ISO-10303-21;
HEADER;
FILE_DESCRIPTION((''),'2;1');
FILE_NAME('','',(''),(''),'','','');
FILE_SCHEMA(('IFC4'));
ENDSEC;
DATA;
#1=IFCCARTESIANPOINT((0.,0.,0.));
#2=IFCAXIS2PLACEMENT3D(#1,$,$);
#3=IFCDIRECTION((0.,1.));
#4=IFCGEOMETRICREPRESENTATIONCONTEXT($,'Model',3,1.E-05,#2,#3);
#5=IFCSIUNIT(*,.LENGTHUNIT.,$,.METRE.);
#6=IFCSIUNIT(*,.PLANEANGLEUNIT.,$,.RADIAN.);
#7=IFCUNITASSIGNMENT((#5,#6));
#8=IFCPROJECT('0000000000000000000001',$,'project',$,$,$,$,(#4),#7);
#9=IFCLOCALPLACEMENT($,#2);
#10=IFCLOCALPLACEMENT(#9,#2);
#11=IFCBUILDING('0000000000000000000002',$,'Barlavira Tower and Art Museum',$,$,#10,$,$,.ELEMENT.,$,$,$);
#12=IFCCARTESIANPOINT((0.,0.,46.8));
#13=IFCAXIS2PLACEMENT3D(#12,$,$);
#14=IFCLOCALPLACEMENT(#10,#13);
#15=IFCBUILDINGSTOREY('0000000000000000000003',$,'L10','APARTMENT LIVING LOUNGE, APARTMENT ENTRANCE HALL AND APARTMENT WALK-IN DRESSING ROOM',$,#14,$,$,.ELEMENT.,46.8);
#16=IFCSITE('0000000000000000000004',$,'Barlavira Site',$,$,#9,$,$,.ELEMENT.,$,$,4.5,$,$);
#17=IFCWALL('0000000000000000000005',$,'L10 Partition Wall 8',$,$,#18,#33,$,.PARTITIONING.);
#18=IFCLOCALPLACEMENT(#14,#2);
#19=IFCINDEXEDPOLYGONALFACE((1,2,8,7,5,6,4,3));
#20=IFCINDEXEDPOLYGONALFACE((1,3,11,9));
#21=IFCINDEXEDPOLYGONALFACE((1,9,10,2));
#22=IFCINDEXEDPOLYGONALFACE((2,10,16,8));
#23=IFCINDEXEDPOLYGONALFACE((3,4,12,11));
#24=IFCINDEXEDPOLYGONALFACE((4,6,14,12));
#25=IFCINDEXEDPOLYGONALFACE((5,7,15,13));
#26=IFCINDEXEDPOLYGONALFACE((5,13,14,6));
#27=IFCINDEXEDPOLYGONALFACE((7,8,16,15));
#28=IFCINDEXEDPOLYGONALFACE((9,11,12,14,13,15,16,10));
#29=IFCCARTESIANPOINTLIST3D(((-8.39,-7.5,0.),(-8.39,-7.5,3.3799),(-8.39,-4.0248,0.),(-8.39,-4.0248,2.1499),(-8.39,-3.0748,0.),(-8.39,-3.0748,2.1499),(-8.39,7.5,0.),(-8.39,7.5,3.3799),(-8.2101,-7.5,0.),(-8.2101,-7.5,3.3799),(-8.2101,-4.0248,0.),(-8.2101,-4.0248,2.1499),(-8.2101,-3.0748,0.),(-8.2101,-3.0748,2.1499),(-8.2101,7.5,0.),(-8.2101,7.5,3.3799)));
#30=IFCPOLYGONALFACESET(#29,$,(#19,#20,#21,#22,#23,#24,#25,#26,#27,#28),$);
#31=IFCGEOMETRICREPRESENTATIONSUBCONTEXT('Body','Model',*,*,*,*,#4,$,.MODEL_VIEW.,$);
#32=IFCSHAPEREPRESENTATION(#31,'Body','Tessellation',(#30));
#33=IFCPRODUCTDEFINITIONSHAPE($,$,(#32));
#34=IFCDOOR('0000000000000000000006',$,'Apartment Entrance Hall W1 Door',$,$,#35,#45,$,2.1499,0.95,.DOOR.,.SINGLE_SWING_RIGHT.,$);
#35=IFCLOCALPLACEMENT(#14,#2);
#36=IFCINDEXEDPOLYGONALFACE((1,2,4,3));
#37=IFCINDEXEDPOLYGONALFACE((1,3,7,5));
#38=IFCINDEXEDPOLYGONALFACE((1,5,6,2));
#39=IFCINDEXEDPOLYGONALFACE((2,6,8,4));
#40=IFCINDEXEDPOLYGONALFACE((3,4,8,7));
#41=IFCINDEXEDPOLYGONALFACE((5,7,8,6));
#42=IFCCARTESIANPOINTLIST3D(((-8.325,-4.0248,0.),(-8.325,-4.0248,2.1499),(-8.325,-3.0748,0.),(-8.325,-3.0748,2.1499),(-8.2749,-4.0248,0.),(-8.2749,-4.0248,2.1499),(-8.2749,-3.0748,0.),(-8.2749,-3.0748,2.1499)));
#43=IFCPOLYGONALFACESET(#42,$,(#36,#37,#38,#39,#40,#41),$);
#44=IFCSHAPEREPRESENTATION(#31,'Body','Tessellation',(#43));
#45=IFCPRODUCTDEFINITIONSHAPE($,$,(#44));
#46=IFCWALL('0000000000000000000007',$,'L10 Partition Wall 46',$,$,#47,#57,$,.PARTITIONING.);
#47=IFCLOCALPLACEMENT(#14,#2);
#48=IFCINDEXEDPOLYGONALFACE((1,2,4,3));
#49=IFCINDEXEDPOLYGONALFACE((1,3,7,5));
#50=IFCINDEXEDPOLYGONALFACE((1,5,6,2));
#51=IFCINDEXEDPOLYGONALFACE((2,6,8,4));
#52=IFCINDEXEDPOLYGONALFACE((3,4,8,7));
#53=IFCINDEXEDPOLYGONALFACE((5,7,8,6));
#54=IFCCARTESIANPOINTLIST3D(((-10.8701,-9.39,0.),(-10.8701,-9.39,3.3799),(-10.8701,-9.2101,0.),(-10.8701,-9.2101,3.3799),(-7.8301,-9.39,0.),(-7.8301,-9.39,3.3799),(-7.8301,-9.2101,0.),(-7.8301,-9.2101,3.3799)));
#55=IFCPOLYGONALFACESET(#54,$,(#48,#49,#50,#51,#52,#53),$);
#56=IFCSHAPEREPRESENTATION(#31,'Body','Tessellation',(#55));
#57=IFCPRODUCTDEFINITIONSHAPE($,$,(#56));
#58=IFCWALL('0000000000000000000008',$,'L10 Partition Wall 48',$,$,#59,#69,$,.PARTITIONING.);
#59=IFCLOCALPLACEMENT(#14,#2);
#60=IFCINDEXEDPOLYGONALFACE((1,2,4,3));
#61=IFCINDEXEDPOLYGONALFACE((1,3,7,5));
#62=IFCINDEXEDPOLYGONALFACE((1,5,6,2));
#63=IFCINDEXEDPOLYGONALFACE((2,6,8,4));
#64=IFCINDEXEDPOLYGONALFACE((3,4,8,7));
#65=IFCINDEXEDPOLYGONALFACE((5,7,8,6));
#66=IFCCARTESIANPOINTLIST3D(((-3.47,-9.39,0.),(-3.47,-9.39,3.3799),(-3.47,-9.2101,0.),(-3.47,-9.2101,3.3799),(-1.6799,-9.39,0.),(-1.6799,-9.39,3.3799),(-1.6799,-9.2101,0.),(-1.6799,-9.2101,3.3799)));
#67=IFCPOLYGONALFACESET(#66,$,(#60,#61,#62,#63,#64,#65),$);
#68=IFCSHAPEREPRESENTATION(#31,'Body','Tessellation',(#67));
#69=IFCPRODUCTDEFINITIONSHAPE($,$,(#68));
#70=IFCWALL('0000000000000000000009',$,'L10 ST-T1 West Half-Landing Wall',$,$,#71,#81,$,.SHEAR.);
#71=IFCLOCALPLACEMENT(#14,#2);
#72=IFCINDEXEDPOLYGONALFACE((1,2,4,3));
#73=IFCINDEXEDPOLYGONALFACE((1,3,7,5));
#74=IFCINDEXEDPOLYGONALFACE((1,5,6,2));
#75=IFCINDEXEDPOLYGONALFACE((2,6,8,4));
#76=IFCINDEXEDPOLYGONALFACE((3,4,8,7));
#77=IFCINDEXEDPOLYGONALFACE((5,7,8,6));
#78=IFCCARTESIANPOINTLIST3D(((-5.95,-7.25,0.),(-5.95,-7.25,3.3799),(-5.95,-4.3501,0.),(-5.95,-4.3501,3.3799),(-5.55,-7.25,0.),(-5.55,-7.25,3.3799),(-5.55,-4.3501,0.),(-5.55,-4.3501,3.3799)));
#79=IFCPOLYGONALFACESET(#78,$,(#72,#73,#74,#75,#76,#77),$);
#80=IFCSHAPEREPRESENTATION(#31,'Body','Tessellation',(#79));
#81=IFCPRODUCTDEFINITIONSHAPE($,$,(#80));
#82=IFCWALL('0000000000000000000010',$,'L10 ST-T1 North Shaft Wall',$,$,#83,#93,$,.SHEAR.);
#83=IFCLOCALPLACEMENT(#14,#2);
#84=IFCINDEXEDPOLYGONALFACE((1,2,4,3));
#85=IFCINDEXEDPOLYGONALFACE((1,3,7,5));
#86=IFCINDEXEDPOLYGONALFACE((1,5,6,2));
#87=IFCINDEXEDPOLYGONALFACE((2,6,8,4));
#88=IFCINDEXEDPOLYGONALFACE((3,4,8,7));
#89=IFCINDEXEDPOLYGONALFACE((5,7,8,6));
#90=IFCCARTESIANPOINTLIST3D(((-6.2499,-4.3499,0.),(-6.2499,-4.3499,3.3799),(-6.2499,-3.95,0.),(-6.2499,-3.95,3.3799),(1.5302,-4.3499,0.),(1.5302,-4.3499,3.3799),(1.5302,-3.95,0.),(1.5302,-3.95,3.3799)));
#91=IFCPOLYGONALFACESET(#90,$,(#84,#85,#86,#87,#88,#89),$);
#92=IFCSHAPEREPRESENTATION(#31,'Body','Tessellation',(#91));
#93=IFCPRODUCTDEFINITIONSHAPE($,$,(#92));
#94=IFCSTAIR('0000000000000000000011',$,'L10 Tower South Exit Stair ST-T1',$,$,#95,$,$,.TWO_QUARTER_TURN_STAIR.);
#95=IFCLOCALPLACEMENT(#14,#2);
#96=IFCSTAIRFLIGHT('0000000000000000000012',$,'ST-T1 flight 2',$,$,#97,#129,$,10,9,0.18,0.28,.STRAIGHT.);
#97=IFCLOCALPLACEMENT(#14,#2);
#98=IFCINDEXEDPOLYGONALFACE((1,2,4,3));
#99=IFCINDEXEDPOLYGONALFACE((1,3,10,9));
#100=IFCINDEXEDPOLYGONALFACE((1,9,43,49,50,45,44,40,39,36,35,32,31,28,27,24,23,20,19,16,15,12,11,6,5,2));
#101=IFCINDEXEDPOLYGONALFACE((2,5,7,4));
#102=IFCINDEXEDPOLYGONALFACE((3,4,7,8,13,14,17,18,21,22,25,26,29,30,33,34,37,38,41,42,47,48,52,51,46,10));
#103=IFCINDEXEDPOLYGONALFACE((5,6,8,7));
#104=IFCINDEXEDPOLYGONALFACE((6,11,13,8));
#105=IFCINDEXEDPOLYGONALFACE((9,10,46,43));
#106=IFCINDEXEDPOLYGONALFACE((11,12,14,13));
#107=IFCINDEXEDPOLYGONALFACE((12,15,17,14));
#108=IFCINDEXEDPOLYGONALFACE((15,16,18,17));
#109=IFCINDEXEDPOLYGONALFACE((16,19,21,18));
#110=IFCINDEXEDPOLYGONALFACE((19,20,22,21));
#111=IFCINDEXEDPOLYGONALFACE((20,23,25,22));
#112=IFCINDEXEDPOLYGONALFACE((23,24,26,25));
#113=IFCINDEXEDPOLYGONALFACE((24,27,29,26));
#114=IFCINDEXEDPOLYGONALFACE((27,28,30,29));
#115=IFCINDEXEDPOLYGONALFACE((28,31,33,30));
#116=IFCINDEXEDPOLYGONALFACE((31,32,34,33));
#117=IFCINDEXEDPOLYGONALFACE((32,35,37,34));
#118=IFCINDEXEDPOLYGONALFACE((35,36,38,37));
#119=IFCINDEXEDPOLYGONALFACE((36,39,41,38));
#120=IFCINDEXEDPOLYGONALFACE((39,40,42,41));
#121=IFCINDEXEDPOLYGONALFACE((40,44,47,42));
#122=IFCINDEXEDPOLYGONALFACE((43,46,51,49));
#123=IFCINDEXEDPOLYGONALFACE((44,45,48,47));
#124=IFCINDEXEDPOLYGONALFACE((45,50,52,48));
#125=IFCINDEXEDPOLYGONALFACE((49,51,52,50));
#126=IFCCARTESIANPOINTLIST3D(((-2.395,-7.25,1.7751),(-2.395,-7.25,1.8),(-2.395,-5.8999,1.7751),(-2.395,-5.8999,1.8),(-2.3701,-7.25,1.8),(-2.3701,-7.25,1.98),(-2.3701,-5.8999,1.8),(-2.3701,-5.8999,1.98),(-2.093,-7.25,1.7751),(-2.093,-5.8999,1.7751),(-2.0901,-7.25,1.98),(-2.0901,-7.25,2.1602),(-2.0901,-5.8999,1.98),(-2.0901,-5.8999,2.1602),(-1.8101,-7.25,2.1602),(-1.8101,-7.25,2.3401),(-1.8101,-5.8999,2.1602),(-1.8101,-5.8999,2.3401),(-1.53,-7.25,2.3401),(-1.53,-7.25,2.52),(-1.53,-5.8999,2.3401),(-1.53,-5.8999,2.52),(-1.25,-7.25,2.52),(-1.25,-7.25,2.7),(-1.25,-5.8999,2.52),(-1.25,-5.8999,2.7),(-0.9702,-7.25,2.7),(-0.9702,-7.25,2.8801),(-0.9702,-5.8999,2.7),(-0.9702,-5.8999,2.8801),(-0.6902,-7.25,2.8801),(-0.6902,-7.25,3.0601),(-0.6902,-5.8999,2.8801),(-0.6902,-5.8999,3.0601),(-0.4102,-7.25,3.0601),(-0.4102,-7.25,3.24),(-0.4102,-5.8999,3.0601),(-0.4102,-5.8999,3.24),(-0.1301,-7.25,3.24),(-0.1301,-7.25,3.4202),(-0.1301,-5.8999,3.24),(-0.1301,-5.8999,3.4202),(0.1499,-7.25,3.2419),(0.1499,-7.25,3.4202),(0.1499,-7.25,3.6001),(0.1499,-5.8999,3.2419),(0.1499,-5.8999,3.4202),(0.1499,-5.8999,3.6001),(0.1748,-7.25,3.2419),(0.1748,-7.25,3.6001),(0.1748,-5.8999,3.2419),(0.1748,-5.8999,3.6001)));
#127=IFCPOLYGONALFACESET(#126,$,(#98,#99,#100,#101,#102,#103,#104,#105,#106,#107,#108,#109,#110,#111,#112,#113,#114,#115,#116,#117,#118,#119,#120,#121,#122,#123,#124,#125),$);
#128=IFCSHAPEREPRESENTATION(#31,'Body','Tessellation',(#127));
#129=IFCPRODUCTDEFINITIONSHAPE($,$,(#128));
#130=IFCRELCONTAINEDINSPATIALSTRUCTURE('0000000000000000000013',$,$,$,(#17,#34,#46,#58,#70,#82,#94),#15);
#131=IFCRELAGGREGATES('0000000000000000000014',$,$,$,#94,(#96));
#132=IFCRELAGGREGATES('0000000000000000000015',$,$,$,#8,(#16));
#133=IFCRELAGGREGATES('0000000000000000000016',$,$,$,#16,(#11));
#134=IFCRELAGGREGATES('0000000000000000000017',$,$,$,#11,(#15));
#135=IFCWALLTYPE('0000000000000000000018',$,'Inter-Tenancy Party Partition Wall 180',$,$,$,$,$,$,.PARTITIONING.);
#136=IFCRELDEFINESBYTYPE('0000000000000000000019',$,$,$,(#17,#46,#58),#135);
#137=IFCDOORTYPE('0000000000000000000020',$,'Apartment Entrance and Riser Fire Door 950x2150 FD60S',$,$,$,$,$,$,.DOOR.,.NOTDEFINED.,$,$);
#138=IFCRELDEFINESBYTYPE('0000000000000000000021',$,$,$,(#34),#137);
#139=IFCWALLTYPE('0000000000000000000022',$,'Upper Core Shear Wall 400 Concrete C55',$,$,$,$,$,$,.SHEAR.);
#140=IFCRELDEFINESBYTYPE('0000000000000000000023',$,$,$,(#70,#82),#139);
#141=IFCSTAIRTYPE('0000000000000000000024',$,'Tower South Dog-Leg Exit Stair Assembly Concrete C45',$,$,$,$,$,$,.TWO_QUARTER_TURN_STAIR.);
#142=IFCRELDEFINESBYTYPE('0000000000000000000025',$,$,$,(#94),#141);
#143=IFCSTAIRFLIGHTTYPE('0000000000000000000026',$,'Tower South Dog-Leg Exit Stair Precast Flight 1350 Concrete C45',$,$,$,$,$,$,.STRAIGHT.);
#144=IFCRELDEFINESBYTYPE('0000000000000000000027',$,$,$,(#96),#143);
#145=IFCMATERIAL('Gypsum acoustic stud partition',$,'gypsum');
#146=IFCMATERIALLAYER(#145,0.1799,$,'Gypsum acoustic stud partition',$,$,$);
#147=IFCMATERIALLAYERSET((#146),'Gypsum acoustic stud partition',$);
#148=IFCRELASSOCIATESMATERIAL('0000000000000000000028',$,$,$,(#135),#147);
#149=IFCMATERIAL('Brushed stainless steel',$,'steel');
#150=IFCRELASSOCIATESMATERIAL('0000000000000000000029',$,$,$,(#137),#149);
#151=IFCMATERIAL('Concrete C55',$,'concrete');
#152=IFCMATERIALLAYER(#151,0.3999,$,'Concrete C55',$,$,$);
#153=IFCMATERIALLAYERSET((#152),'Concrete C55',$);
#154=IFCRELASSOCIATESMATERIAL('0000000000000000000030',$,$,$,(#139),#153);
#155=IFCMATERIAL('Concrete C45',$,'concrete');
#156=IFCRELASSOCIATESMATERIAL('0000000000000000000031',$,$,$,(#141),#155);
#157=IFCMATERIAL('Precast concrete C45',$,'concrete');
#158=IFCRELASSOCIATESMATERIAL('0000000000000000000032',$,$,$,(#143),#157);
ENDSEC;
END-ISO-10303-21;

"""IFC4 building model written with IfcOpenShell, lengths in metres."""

from ifc_helpers import new_model, si_unit, direction, frame, frame_2d, origin, place, context, subcontext, project, spatial, polyline, rectangle, outline, extrude, material, layer, layer_set, type_object, element, fill, aggregate, save


model = new_model("IFC4")

# Units and contexts
model_context = context("Model", 3, precision=1e-05, world=origin(), true_north=direction((0.0, 1.0)))
body_context = subcontext(model_context, "Body", "Model", "MODEL_VIEW")
ifc_project = project(units=[si_unit("LENGTHUNIT", "METRE"), si_unit("PLANEANGLEUNIT", "RADIAN")], contexts=[model_context])

# Site, building, storey
site_placement = place(None, origin())
site = spatial("IfcSite", under=ifc_project, at=site_placement, Name="Barlavira Site", CompositionType="ELEMENT", RefElevation=4.5)
building_placement = place(site_placement, origin())
building = spatial("IfcBuilding", under=site, at=building_placement, Name="Barlavira Tower and Art Museum", CompositionType="ELEMENT")
storey_placement = place(building_placement, frame((0.0, 0.0, 46.8)))
storey = spatial("IfcBuildingStorey", under=building, at=storey_placement, Name="L10", Description="APARTMENT LIVING LOUNGE, APARTMENT ENTRANCE HALL AND APARTMENT WALK-IN DRESSING ROOM", CompositionType="ELEMENT", Elevation=46.8)

# Shared definitions
ifc_material_1 = material(Name="Brushed stainless steel", Category="steel")

# Wall, opening, door
ifc_material_2 = material(Name="Gypsum acoustic stud partition", Category="gypsum")
ifc_layer_1 = layer(ifc_material_2, 0.1799, Name="Gypsum acoustic stud partition")
ifc_layer_set_1 = layer_set([ifc_layer_1], Name="Gypsum acoustic stud partition")
wall_type_1 = type_object("IfcWallType", Name="Inter-Tenancy Party Partition Wall 180", PredefinedType="PARTITIONING", material=ifc_layer_set_1)
wall_1_placement = place(storey_placement, frame((-8.3, -7.5, 0.0), z_axis=(0.0, 0.0, 1.0), x_axis=(0.0, 1.0, 0.0)))
wall_1 = element("IfcWall", 1, at=wall_1_placement, inside=storey, type_object=wall_type_1, Name="L10 Partition Wall 8", PredefinedType="PARTITIONING", context=body_context, shape_type="SweptSolid", body=[
    extrude(rectangle(XDim=15.0, YDim=0.1799, at=frame_2d((7.5, 0.0))), origin(), (0.0, 0.0, 1.0), 3.3799),
])
opening_1_placement = place(wall_1_placement, frame((3.4751, 0.0, 0.0)))
opening_1 = element("IfcOpeningElement", 2, at=opening_1_placement, cuts=wall_1, PredefinedType="OPENING", context=body_context, shape_type="SweptSolid", body=[
    extrude(rectangle(XDim=0.95, YDim=2.1499, at=frame_2d((0.4751, 1.075))), frame((0.0, 0.1001, 0.0), z_axis=(0.0, -1.0, 0.0), x_axis=(1.0, 0.0, 0.0)), (0.0, 0.0, 1.0), 0.2),
])
door_type_1 = type_object("IfcDoorType", Name="Apartment Entrance and Riser Fire Door 950x2150 FD60S", OperationType="NOTDEFINED", PredefinedType="DOOR", material=ifc_material_1)
door_1_placement = place(opening_1_placement, origin())
door_1 = element("IfcDoor", 3, at=door_1_placement, inside=storey, type_object=door_type_1, Name="Apartment Entrance Hall W1 Door", OperationType="SINGLE_SWING_RIGHT", OverallHeight=2.1499, OverallWidth=0.95, PredefinedType="DOOR", context=body_context, shape_type="SweptSolid", body=[
    extrude(rectangle(XDim=0.95, YDim=2.1499, at=frame_2d((0.4751, 1.075))), frame((0.0, 0.0249, 0.0), z_axis=(0.0, -1.0, 0.0), x_axis=(1.0, 0.0, 0.0)), (0.0, 0.0, 1.0), 0.05),
])
fill(opening_1, door_1)

# Wall
wall_2_placement = place(storey_placement, frame((-10.8701, -9.3, 0.0), z_axis=(0.0, 0.0, 1.0), x_axis=(1.0, 0.0, 0.0)))
element("IfcWall", 4, at=wall_2_placement, inside=storey, type_object=wall_type_1, Name="L10 Partition Wall 46", PredefinedType="PARTITIONING", context=body_context, shape_type="SweptSolid", body=[
    extrude(rectangle(XDim=3.04, YDim=0.1799, at=frame_2d((1.52, 0.0))), origin(), (0.0, 0.0, 1.0), 3.3799),
])

# Walls
wall_3_placement = place(storey_placement, frame((-3.47, -9.3, 0.0), z_axis=(0.0, 0.0, 1.0), x_axis=(1.0, 0.0, 0.0)))
element("IfcWall", 5, at=wall_3_placement, inside=storey, type_object=wall_type_1, Name="L10 Partition Wall 48", PredefinedType="PARTITIONING", context=body_context, shape_type="SweptSolid", body=[
    extrude(rectangle(XDim=1.79, YDim=0.1799, at=frame_2d((0.895, 0.0))), origin(), (0.0, 0.0, 1.0), 3.3799),
])
ifc_material_3 = material(Name="Concrete C55", Category="concrete")
ifc_layer_2 = layer(ifc_material_3, 0.3999, Name="Concrete C55")
ifc_layer_set_2 = layer_set([ifc_layer_2], Name="Concrete C55")
wall_type_2 = type_object("IfcWallType", Name="Upper Core Shear Wall 400 Concrete C55", PredefinedType="SHEAR", material=ifc_layer_set_2)
wall_4_placement = place(storey_placement, frame((-5.75, -7.25, 0.0), z_axis=(0.0, 0.0, 1.0), x_axis=(0.0, 1.0, 0.0)))
element("IfcWall", 6, at=wall_4_placement, inside=storey, type_object=wall_type_2, Name="L10 ST-T1 West Half-Landing Wall", PredefinedType="SHEAR", context=body_context, shape_type="SweptSolid", body=[
    extrude(rectangle(XDim=2.8999, YDim=0.3999, at=frame_2d((1.45, 0.0))), origin(), (0.0, 0.0, 1.0), 3.3799),
])
wall_5_placement = place(storey_placement, frame((-6.25, -4.1499, 0.0), z_axis=(0.0, 0.0, 1.0), x_axis=(1.0, 0.0, 0.0)))
element("IfcWall", 7, at=wall_5_placement, inside=storey, type_object=wall_type_2, Name="L10 ST-T1 North Shaft Wall", PredefinedType="SHEAR", context=body_context, shape_type="SweptSolid", body=[
    extrude(rectangle(XDim=7.78, YDim=0.3999, at=frame_2d((3.8901, 0.0))), origin(), (0.0, 0.0, 1.0), 3.3799),
])

# Stair, stair flight
ifc_material_4 = material(Name="Concrete C45", Category="concrete")
stair_type = type_object("IfcStairType", Name="Tower South Dog-Leg Exit Stair Assembly Concrete C45", PredefinedType="TWO_QUARTER_TURN_STAIR", material=ifc_material_4)
stair_placement = place(storey_placement, origin())
stair = element("IfcStair", 8, at=stair_placement, inside=storey, type_object=stair_type, Name="L10 Tower South Exit Stair ST-T1", PredefinedType="TWO_QUARTER_TURN_STAIR")
ifc_material_5 = material(Name="Precast concrete C45", Category="concrete")
stair_flight_type = type_object("IfcStairFlightType", Name="Tower South Dog-Leg Exit Stair Precast Flight 1350 Concrete C45", PredefinedType="STRAIGHT", material=ifc_material_5)
stair_flight_placement = place(storey_placement, frame((-2.3701, -6.575, 1.8), z_axis=(0.0, 0.0, 1.0), x_axis=(1.0, 0.0, 0.0)))
stair_flight = element("IfcStairFlight", 9, at=stair_flight_placement, type_object=stair_flight_type, Name="ST-T1 flight 2", NumberOfRisers=10, NumberOfTreads=9, PredefinedType="STRAIGHT", RiserHeight=0.18, TreadLength=0.28, context=body_context, shape_type="SweptSolid", body=[
    extrude(outline(polyline([(-0.0249, 0.0), (0.0, 0.0), (0.0, 0.1799), (0.28, 0.1799), (0.28, 0.3601), (0.5601, 0.3601), (0.5601, 0.54), (0.8401, 0.54), (0.8401, 0.72), (1.1201, 0.72), (1.1201, 0.8999), (1.3999, 0.8999), (1.3999, 1.0801), (1.6799, 1.0801), (1.6799, 1.26), (1.96, 1.26), (1.96, 1.4399), (2.24, 1.4399), (2.24, 1.6201), (2.52, 1.6201), (2.52, 1.8), (2.5449, 1.8), (2.5449, 1.4419), (2.52, 1.4419), (0.2771, -0.0249), (-0.0249, -0.0249), (-0.0249, 0.0)])), frame((0.0, 0.675, 0.0), z_axis=(0.0, -1.0, 0.0), x_axis=(1.0, 0.0, 0.0)), (0.0, 0.0, 1.0), 1.3501),
])
aggregate(stair, [stair_flight])

save(model, "model.ifc")
